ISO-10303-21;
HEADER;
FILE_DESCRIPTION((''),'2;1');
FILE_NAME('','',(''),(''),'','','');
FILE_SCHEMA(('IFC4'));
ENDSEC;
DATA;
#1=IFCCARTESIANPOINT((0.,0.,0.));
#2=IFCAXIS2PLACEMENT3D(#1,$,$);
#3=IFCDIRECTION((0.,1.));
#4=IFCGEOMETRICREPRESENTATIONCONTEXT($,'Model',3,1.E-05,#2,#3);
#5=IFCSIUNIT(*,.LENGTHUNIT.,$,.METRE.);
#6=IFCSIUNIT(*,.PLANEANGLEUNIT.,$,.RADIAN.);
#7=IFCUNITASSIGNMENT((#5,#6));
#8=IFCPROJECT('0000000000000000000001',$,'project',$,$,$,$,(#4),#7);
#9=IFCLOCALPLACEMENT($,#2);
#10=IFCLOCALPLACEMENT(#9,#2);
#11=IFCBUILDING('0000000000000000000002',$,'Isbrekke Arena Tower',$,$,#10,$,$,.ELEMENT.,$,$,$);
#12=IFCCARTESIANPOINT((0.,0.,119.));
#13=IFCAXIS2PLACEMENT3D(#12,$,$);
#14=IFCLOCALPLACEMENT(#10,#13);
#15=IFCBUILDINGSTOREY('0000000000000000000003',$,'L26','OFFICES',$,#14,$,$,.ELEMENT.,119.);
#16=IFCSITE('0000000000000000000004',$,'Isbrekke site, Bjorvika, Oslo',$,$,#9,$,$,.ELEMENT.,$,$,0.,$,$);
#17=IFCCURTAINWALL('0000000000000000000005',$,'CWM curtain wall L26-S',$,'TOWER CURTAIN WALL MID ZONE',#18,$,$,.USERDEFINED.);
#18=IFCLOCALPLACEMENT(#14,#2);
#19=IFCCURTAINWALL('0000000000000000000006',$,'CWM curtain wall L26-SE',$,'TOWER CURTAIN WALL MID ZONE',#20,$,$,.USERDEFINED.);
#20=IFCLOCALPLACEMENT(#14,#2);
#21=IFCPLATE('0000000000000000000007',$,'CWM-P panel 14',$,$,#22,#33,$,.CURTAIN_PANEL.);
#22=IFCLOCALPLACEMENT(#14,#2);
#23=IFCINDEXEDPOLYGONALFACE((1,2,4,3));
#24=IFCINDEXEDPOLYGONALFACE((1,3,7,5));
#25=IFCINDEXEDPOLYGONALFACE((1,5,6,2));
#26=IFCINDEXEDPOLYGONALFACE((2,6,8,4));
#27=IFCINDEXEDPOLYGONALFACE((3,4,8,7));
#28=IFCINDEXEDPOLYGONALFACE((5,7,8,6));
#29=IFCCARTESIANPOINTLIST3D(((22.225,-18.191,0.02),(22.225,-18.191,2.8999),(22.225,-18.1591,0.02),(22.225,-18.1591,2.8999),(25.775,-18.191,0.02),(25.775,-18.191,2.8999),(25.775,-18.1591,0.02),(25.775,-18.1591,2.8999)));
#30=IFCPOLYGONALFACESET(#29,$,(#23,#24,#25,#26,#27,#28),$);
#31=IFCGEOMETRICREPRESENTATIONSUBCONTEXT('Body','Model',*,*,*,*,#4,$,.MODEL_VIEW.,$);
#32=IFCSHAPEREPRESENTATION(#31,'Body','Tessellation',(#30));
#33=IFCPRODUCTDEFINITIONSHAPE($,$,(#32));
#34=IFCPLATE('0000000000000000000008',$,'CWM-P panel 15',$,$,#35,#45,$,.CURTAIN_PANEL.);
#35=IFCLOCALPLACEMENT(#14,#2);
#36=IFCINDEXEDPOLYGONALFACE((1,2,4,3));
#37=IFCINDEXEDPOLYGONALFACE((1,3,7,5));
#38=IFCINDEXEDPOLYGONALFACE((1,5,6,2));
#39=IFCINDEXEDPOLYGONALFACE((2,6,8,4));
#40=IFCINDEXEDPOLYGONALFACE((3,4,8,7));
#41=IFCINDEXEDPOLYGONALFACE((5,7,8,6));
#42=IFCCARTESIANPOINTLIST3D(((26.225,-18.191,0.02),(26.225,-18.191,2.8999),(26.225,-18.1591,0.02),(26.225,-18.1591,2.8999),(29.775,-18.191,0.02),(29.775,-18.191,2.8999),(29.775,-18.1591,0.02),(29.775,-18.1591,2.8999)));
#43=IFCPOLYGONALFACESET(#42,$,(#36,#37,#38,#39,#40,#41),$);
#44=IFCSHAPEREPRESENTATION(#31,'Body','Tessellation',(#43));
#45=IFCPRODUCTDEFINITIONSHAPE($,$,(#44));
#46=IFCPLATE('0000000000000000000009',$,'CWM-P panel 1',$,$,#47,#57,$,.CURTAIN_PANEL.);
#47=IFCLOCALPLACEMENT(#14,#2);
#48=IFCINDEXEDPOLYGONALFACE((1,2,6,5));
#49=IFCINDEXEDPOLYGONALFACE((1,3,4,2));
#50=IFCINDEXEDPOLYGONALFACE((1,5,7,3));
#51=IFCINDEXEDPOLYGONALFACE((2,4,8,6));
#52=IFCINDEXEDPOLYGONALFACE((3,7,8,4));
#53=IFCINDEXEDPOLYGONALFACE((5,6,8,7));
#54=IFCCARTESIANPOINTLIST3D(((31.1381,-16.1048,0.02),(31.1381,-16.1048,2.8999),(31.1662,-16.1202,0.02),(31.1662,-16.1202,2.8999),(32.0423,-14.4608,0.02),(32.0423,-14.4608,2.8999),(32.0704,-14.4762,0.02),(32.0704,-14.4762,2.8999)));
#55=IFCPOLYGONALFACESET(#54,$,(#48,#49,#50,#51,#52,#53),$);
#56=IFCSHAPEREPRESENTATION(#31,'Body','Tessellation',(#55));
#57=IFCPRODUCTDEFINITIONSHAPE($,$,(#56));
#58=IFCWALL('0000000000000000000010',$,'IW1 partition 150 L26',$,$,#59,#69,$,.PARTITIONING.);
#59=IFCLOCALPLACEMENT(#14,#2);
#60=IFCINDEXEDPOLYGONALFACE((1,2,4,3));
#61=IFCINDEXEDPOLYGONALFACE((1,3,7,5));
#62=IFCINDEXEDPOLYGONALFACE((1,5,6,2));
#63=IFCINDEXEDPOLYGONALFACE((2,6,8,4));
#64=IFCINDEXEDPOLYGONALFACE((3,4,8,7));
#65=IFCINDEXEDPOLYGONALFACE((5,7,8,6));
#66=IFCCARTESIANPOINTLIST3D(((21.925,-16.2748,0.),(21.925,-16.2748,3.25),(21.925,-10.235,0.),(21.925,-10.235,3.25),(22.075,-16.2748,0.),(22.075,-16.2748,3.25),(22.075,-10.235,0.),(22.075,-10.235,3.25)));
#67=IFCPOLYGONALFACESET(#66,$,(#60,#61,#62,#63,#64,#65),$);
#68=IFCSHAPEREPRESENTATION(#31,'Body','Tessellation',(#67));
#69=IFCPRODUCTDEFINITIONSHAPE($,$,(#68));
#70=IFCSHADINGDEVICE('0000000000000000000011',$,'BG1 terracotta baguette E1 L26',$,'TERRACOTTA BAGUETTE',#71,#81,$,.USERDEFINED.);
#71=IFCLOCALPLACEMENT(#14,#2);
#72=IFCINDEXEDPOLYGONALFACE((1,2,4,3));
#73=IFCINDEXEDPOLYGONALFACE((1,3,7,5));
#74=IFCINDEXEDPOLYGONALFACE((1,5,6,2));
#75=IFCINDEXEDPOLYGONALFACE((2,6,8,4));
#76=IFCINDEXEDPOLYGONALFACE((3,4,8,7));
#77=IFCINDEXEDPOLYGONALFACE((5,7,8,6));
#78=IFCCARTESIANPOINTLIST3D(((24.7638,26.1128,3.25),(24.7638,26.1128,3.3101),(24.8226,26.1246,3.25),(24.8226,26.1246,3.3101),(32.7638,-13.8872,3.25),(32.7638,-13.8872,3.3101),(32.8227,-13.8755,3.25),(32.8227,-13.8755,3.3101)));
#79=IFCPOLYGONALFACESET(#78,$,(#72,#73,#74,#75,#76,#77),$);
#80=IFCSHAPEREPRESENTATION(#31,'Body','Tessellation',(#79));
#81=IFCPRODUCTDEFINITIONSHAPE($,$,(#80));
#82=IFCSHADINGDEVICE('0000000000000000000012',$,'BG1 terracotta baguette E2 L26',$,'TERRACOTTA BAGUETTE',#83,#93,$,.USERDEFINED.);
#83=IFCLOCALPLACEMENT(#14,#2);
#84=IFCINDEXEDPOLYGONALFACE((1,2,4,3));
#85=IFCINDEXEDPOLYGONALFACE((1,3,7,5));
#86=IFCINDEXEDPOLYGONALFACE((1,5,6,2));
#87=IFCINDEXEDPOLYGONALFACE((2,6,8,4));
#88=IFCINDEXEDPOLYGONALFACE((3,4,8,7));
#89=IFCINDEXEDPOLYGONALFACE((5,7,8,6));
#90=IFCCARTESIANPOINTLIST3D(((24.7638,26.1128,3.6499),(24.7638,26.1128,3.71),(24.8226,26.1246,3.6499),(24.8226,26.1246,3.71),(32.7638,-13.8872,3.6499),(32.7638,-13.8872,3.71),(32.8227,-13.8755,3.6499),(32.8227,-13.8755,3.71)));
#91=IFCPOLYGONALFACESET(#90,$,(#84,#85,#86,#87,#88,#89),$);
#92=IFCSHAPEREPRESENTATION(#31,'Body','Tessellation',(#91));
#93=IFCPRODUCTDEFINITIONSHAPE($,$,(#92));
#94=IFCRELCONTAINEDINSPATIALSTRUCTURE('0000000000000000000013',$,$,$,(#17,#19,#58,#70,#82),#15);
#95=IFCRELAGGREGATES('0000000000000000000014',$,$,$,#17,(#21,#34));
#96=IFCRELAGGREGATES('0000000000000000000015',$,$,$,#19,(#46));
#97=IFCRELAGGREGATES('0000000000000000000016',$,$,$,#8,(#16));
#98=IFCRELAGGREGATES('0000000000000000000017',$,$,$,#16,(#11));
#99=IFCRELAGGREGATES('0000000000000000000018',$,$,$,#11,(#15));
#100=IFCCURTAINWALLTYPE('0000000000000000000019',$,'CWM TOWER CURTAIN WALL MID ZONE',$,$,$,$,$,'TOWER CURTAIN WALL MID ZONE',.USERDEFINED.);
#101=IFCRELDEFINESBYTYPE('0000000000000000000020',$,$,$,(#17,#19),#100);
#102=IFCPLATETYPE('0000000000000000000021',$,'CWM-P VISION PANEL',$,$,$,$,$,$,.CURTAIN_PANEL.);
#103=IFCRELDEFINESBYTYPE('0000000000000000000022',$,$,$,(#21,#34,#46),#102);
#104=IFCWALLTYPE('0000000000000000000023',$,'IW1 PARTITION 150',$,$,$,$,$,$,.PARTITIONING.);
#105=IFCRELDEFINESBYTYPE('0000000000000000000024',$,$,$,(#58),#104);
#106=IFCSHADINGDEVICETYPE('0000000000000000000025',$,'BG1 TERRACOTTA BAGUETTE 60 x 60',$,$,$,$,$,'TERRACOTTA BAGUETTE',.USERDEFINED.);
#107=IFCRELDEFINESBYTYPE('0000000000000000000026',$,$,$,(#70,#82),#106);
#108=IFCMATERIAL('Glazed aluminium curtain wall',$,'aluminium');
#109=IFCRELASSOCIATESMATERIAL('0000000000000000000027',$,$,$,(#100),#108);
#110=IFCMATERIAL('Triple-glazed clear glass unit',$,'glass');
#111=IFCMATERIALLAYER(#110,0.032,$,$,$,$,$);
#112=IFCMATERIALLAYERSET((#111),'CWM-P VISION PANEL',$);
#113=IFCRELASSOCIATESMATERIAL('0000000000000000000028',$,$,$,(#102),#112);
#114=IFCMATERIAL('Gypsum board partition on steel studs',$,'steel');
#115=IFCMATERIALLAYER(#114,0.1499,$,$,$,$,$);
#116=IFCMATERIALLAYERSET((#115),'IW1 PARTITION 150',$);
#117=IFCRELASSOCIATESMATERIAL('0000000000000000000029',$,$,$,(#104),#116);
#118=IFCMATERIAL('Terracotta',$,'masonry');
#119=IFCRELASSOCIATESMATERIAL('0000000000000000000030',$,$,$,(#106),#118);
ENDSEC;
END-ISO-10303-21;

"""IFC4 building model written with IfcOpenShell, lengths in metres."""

from ifc_helpers import new_model, si_unit, direction, frame, frame_2d, origin, origin_2d, place, context, subcontext, project, spatial, rectangle, extrude, material, layer, layer_set, material_profile, profile_set, type_object, element, aggregate, save


model = new_model("IFC4")

# Units and contexts
model_context = context("Model", 3, precision=1e-05, world=origin(), true_north=direction((0.0, 1.0)))
body_context = subcontext(model_context, "Body", "Model", "MODEL_VIEW")
ifc_project = project(units=[si_unit("LENGTHUNIT", "METRE"), si_unit("PLANEANGLEUNIT", "RADIAN")], contexts=[model_context])

# Site, building, storey
site_placement = place(None, origin())
site = spatial("IfcSite", under=ifc_project, at=site_placement, Name="Isbrekke site, Bjorvika, Oslo", CompositionType="ELEMENT", RefElevation=0.0)
building_placement = place(site_placement, origin())
building = spatial("IfcBuilding", under=site, at=building_placement, Name="Isbrekke Arena Tower", CompositionType="ELEMENT")
storey_placement = place(building_placement, frame((0.0, 0.0, 119.0)))
storey = spatial("IfcBuildingStorey", under=building, at=storey_placement, Name="L26", Description="OFFICES", CompositionType="ELEMENT", Elevation=119.0)

# Curtain walls
ifc_material_1 = material(Name="Glazed aluminium curtain wall", Category="aluminium")
curtain_wall_type = type_object("IfcCurtainWallType", Name="CWM TOWER CURTAIN WALL MID ZONE", ElementType="TOWER CURTAIN WALL MID ZONE", PredefinedType="USERDEFINED", material=ifc_material_1)
curtain_wall_1_placement = place(storey_placement, origin())
curtain_wall_1 = element("IfcCurtainWall", 1, at=curtain_wall_1_placement, inside=storey, type_object=curtain_wall_type, Name="CWM curtain wall L26-S", ObjectType="TOWER CURTAIN WALL MID ZONE", PredefinedType="USERDEFINED")
curtain_wall_2_placement = place(storey_placement, origin())
curtain_wall_2 = element("IfcCurtainWall", 2, at=curtain_wall_2_placement, inside=storey, type_object=curtain_wall_type, Name="CWM curtain wall L26-SE", ObjectType="TOWER CURTAIN WALL MID ZONE", PredefinedType="USERDEFINED")

# Plates
ifc_material_2 = material(Name="Triple-glazed clear glass unit", Category="glass")
ifc_layer_1 = layer(ifc_material_2, 0.032)
ifc_layer_set_1 = layer_set([ifc_layer_1], Name="CWM-P VISION PANEL")
plate_type = type_object("IfcPlateType", Name="CWM-P VISION PANEL", PredefinedType="CURTAIN_PANEL", material=ifc_layer_set_1)
plate_1_placement = place(storey_placement, frame((24.0, -18.175, 0.02), z_axis=(0.0, 0.0, 1.0), x_axis=(1.0, 0.0, 0.0)))
plate_1 = element("IfcPlate", 3, at=plate_1_placement, type_object=plate_type, Name="CWM-P panel 14", PredefinedType="CURTAIN_PANEL", context=body_context, shape_type="SweptSolid", body=[
    extrude(rectangle(XDim=3.55, YDim=0.032, at=origin_2d()), origin(), (0.0, 0.0, 1.0), 2.8799),
])
plate_2_placement = place(storey_placement, frame((28.0, -18.175, 0.02), z_axis=(0.0, 0.0, 1.0), x_axis=(1.0, 0.0, 0.0)))
plate_2 = element("IfcPlate", 4, at=plate_2_placement, type_object=plate_type, Name="CWM-P panel 15", PredefinedType="CURTAIN_PANEL", context=body_context, shape_type="SweptSolid", body=[
    extrude(rectangle(XDim=3.55, YDim=0.032, at=origin_2d()), origin(), (0.0, 0.0, 1.0), 2.8799),
])
aggregate(curtain_wall_1, [plate_1, plate_2])
plate_3_placement = place(storey_placement, frame((31.6042, -15.2905, 0.02), z_axis=(0.0, 0.0, 1.0), x_axis=(0.481919, 0.876216, 0.0)))
plate_3 = element("IfcPlate", 5, at=plate_3_placement, type_object=plate_type, Name="CWM-P panel 1", PredefinedType="CURTAIN_PANEL", context=body_context, shape_type="SweptSolid", body=[
    extrude(rectangle(XDim=1.8762, YDim=0.032, at=origin_2d()), origin(), (0.0, 0.0, 1.0), 2.8799),
])
aggregate(curtain_wall_2, [plate_3])

# Wall
ifc_material_3 = material(Name="Gypsum board partition on steel studs", Category="steel")
ifc_layer_2 = layer(ifc_material_3, 0.1499)
ifc_layer_set_2 = layer_set([ifc_layer_2], Name="IW1 PARTITION 150")
wall_type = type_object("IfcWallType", Name="IW1 PARTITION 150", PredefinedType="PARTITIONING", material=ifc_layer_set_2)
wall_placement = place(storey_placement, frame((22.0, -16.2749, 0.0), z_axis=(0.0, 0.0, 1.0), x_axis=(0.0, 1.0, 0.0)))
element("IfcWall", 6, at=wall_placement, inside=storey, type_object=wall_type, Name="IW1 partition 150 L26", PredefinedType="PARTITIONING", context=body_context, shape_type="SweptSolid", body=[
    extrude(rectangle(XDim=6.0398, YDim=0.1499, at=frame_2d((3.02, 0.0))), origin(), (0.0, 0.0, 1.0), 3.25),
])

# Shading devices
ifc_material_4 = material(Name="Terracotta", Category="masonry")
ifc_material_profile_1 = material_profile(ifc_material_4, rectangle(XDim=0.0601, YDim=0.0601, at=origin_2d()), Name="BAGUETTE 60X60")
ifc_profile_set_1 = profile_set([ifc_material_profile_1], Name="Terracotta")
shading_device_type = type_object("IfcShadingDeviceType", Name="BG1 TERRACOTTA BAGUETTE 60 x 60", ElementType="TERRACOTTA BAGUETTE", PredefinedType="USERDEFINED", material=ifc_profile_set_1)
for number, where, z_axis, x_axis, name in (
    (7, (32.7932, -13.8813, 3.28), (-0.196116, 0.980581, 0.0), (-0.980581, -0.196116, 0.0), "BG1 terracotta baguette E1 L26"),
    (8, (32.7932, -13.8813, 3.6799), (-0.196116, 0.980581, 0.0), (-0.980581, -0.196116, 0.0), "BG1 terracotta baguette E2 L26"),
):
    element("IfcShadingDevice", number, at=place(storey_placement, frame(where, z_axis=z_axis, x_axis=x_axis)), inside=storey, type_object=shading_device_type, Name=name, ObjectType="TERRACOTTA BAGUETTE", PredefinedType="USERDEFINED", context=body_context, shape_type="SweptSolid", body=[
        extrude(rectangle(XDim=0.0601, YDim=0.0601, at=origin_2d()), origin(), (0.0, 0.0, 1.0), 40.7922),
    ])

save(model, "model.ifc")
